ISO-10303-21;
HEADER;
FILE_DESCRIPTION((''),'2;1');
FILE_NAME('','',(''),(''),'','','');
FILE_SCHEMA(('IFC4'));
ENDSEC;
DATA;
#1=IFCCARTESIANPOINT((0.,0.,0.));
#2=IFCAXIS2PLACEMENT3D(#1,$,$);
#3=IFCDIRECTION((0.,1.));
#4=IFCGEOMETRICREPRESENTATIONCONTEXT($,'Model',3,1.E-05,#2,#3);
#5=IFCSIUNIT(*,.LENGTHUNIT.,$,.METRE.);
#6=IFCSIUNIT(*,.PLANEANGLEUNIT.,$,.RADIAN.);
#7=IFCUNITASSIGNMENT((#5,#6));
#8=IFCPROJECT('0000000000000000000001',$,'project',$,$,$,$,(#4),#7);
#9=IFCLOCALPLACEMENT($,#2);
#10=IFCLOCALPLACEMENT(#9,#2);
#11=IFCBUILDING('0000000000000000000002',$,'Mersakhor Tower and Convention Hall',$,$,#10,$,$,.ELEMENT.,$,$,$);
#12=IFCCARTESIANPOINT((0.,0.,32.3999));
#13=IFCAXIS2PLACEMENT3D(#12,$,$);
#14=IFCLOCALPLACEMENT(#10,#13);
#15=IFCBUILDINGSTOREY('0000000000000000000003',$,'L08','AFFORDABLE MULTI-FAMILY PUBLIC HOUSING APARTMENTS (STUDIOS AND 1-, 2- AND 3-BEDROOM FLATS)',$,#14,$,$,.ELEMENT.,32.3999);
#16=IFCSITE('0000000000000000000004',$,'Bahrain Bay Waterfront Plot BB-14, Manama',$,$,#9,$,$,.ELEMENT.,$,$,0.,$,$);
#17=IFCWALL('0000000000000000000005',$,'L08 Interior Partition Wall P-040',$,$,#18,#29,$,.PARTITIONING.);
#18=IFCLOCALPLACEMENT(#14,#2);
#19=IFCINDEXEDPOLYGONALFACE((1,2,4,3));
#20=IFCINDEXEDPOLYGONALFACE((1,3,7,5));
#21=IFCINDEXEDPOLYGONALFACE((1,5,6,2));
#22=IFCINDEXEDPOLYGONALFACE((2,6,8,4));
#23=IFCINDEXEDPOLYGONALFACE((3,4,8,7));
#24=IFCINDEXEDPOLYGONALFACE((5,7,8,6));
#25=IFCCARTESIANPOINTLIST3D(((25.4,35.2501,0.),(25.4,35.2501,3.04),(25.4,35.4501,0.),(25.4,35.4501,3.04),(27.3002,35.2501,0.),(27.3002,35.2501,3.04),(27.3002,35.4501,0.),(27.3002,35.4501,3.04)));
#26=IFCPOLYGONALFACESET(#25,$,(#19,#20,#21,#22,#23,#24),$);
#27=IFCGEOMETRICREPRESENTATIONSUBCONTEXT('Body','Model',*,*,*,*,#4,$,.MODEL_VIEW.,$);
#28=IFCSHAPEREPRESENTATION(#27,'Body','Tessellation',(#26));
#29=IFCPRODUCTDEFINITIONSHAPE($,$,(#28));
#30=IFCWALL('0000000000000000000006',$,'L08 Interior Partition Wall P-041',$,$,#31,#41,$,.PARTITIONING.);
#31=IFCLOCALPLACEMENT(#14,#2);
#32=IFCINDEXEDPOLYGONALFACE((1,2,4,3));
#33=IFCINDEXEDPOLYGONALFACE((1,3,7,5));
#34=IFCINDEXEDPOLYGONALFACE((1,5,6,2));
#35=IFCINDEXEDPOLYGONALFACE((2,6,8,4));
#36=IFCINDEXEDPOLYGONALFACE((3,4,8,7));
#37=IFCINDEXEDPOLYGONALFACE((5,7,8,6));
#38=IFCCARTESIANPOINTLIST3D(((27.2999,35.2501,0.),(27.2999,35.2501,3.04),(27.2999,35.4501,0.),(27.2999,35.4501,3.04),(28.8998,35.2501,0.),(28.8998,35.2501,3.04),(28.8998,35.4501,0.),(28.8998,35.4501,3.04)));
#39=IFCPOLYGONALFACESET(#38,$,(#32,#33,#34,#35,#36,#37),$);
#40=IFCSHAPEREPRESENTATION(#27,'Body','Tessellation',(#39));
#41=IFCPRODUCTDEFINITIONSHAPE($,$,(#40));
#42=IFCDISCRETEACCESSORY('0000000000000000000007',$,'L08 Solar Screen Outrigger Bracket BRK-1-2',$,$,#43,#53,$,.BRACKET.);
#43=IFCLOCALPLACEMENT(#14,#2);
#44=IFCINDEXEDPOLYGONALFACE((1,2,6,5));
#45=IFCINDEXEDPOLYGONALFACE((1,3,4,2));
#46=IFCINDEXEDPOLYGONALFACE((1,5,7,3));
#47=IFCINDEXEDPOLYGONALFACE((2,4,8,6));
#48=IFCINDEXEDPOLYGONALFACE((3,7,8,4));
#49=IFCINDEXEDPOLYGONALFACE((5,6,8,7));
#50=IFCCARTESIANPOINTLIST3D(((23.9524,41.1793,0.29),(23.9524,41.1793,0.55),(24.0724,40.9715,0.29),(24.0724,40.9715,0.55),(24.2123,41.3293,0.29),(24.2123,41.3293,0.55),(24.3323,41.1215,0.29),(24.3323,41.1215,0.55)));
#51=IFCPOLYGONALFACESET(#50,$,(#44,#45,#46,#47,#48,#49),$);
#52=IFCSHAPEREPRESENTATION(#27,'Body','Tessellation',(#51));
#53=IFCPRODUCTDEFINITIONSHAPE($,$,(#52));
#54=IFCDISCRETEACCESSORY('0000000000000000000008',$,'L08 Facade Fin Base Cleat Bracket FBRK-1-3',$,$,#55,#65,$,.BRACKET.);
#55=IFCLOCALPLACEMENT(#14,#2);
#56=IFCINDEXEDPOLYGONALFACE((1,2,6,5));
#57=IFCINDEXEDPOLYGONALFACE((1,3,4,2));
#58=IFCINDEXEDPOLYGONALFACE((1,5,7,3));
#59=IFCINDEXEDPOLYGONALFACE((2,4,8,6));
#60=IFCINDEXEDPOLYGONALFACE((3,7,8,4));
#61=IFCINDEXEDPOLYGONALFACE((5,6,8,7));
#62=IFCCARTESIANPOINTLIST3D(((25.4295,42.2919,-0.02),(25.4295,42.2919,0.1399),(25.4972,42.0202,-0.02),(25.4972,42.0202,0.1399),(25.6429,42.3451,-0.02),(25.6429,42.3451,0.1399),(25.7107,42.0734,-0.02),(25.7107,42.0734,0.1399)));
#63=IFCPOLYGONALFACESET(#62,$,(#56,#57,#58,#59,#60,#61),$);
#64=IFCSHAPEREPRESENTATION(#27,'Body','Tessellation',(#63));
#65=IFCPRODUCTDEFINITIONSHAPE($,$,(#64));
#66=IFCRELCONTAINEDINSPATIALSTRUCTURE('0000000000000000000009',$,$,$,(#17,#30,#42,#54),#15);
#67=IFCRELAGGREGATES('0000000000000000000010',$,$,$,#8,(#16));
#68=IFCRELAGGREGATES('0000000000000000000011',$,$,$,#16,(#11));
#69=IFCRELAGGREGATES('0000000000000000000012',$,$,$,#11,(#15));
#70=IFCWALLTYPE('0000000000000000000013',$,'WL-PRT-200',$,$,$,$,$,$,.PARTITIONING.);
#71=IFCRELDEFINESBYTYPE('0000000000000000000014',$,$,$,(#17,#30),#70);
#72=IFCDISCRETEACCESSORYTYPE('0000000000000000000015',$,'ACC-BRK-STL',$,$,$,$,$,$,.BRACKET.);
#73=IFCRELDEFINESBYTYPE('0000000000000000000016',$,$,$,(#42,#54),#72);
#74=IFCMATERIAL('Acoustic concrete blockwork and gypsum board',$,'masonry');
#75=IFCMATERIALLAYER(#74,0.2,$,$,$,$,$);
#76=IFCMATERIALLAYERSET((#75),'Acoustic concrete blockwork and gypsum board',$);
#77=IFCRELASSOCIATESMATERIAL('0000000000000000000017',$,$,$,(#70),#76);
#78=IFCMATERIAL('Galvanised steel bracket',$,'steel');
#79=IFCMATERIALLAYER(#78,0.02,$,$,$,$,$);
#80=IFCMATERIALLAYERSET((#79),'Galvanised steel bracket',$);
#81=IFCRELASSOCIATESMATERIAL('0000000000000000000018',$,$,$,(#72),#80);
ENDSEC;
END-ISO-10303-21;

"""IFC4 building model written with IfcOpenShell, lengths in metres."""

from ifc_helpers import new_model, si_unit, direction, frame, frame_2d, origin, origin_2d, place, context, subcontext, project, spatial, rectangle, extrude, material, layer, layer_set, type_object, element, save


model = new_model("IFC4")

# Units and contexts
model_context = context("Model", 3, precision=1e-05, world=origin(), true_north=direction((0.0, 1.0)))
body_context = subcontext(model_context, "Body", "Model", "MODEL_VIEW")
ifc_project = project(units=[si_unit("LENGTHUNIT", "METRE"), si_unit("PLANEANGLEUNIT", "RADIAN")], contexts=[model_context])

# Site, building, storey
site_placement = place(None, origin())
site = spatial("IfcSite", under=ifc_project, at=site_placement, Name="Bahrain Bay Waterfront Plot BB-14, Manama", CompositionType="ELEMENT", RefElevation=0.0)
building_placement = place(site_placement, origin())
building = spatial("IfcBuilding", under=site, at=building_placement, Name="Mersakhor Tower and Convention Hall", CompositionType="ELEMENT")
storey_placement = place(building_placement, frame((0.0, 0.0, 32.3999)))
storey = spatial("IfcBuildingStorey", under=building, at=storey_placement, Name="L08", Description="AFFORDABLE MULTI-FAMILY PUBLIC HOUSING APARTMENTS (STUDIOS AND 1-, 2- AND 3-BEDROOM FLATS)", CompositionType="ELEMENT", Elevation=32.3999)

# Shared definitions
ifc_material_1 = material(Name="Acoustic concrete blockwork and gypsum board", Category="masonry")
ifc_layer_1 = layer(ifc_material_1, 0.2)
ifc_layer_set_1 = layer_set([ifc_layer_1], Name="Acoustic concrete blockwork and gypsum board")
wall_type_1 = type_object("IfcWallType", Name="WL-PRT-200", PredefinedType="PARTITIONING", material=ifc_layer_set_1)

# Walls
wall_1_placement = place(storey_placement, frame((25.3999, 35.3501, 0.0), z_axis=(0.0, 0.0, 1.0), x_axis=(1.0, 0.0, 0.0)))
element("IfcWall", 1, at=wall_1_placement, inside=storey, type_object=wall_type_1, Name="L08 Interior Partition Wall P-040", PredefinedType="PARTITIONING", context=body_context, shape_type="SweptSolid", body=[
    extrude(rectangle(XDim=1.9001, YDim=0.2, at=frame_2d((0.9502, 0.0))), origin(), (0.0, 0.0, 1.0), 3.04),
])
wall_2_placement = place(storey_placement, frame((27.3, 35.3501, 0.0), z_axis=(0.0, 0.0, 1.0), x_axis=(1.0, 0.0, 0.0)))
element("IfcWall", 2, at=wall_2_placement, inside=storey, type_object=wall_type_1, Name="L08 Interior Partition Wall P-041", PredefinedType="PARTITIONING", context=body_context, shape_type="SweptSolid", body=[
    extrude(rectangle(XDim=1.5999, YDim=0.2, at=frame_2d((0.7998, 0.0))), origin(), (0.0, 0.0, 1.0), 3.04),
])

# Discrete accessories
ifc_material_2 = material(Name="Galvanised steel bracket", Category="steel")
ifc_layer_2 = layer(ifc_material_2, 0.02)
ifc_layer_set_2 = layer_set([ifc_layer_2], Name="Galvanised steel bracket")
discrete_accessory_type = type_object("IfcDiscreteAccessoryType", Name="ACC-BRK-STL", PredefinedType="BRACKET", material=ifc_layer_set_2)
discrete_accessory_1_placement = place(storey_placement, frame((24.1423, 41.1504, 0.29), z_axis=(0.0, 0.0, 1.0), x_axis=(0.866025, 0.5, 0.0)))
element("IfcDiscreteAccessory", 3, at=discrete_accessory_1_placement, inside=storey, type_object=discrete_accessory_type, Name="L08 Solar Screen Outrigger Bracket BRK-1-2", PredefinedType="BRACKET", context=body_context, shape_type="SweptSolid", body=[
    extrude(rectangle(XDim=0.3, YDim=0.24, at=origin_2d()), origin(), (0.0, 0.0, 1.0), 0.26),
])
discrete_accessory_2_placement = place(storey_placement, frame((25.5701, 42.1826, -0.02), z_axis=(0.0, 0.0, 1.0), x_axis=(-0.241922, 0.970296, 0.0)))
element("IfcDiscreteAccessory", 4, at=discrete_accessory_2_placement, inside=storey, type_object=discrete_accessory_type, Name="L08 Facade Fin Base Cleat Bracket FBRK-1-3", PredefinedType="BRACKET", context=body_context, shape_type="SweptSolid", body=[
    extrude(rectangle(XDim=0.28, YDim=0.22, at=origin_2d()), origin(), (0.0, 0.0, 1.0), 0.1599),
])

save(model, "model.ifc")
